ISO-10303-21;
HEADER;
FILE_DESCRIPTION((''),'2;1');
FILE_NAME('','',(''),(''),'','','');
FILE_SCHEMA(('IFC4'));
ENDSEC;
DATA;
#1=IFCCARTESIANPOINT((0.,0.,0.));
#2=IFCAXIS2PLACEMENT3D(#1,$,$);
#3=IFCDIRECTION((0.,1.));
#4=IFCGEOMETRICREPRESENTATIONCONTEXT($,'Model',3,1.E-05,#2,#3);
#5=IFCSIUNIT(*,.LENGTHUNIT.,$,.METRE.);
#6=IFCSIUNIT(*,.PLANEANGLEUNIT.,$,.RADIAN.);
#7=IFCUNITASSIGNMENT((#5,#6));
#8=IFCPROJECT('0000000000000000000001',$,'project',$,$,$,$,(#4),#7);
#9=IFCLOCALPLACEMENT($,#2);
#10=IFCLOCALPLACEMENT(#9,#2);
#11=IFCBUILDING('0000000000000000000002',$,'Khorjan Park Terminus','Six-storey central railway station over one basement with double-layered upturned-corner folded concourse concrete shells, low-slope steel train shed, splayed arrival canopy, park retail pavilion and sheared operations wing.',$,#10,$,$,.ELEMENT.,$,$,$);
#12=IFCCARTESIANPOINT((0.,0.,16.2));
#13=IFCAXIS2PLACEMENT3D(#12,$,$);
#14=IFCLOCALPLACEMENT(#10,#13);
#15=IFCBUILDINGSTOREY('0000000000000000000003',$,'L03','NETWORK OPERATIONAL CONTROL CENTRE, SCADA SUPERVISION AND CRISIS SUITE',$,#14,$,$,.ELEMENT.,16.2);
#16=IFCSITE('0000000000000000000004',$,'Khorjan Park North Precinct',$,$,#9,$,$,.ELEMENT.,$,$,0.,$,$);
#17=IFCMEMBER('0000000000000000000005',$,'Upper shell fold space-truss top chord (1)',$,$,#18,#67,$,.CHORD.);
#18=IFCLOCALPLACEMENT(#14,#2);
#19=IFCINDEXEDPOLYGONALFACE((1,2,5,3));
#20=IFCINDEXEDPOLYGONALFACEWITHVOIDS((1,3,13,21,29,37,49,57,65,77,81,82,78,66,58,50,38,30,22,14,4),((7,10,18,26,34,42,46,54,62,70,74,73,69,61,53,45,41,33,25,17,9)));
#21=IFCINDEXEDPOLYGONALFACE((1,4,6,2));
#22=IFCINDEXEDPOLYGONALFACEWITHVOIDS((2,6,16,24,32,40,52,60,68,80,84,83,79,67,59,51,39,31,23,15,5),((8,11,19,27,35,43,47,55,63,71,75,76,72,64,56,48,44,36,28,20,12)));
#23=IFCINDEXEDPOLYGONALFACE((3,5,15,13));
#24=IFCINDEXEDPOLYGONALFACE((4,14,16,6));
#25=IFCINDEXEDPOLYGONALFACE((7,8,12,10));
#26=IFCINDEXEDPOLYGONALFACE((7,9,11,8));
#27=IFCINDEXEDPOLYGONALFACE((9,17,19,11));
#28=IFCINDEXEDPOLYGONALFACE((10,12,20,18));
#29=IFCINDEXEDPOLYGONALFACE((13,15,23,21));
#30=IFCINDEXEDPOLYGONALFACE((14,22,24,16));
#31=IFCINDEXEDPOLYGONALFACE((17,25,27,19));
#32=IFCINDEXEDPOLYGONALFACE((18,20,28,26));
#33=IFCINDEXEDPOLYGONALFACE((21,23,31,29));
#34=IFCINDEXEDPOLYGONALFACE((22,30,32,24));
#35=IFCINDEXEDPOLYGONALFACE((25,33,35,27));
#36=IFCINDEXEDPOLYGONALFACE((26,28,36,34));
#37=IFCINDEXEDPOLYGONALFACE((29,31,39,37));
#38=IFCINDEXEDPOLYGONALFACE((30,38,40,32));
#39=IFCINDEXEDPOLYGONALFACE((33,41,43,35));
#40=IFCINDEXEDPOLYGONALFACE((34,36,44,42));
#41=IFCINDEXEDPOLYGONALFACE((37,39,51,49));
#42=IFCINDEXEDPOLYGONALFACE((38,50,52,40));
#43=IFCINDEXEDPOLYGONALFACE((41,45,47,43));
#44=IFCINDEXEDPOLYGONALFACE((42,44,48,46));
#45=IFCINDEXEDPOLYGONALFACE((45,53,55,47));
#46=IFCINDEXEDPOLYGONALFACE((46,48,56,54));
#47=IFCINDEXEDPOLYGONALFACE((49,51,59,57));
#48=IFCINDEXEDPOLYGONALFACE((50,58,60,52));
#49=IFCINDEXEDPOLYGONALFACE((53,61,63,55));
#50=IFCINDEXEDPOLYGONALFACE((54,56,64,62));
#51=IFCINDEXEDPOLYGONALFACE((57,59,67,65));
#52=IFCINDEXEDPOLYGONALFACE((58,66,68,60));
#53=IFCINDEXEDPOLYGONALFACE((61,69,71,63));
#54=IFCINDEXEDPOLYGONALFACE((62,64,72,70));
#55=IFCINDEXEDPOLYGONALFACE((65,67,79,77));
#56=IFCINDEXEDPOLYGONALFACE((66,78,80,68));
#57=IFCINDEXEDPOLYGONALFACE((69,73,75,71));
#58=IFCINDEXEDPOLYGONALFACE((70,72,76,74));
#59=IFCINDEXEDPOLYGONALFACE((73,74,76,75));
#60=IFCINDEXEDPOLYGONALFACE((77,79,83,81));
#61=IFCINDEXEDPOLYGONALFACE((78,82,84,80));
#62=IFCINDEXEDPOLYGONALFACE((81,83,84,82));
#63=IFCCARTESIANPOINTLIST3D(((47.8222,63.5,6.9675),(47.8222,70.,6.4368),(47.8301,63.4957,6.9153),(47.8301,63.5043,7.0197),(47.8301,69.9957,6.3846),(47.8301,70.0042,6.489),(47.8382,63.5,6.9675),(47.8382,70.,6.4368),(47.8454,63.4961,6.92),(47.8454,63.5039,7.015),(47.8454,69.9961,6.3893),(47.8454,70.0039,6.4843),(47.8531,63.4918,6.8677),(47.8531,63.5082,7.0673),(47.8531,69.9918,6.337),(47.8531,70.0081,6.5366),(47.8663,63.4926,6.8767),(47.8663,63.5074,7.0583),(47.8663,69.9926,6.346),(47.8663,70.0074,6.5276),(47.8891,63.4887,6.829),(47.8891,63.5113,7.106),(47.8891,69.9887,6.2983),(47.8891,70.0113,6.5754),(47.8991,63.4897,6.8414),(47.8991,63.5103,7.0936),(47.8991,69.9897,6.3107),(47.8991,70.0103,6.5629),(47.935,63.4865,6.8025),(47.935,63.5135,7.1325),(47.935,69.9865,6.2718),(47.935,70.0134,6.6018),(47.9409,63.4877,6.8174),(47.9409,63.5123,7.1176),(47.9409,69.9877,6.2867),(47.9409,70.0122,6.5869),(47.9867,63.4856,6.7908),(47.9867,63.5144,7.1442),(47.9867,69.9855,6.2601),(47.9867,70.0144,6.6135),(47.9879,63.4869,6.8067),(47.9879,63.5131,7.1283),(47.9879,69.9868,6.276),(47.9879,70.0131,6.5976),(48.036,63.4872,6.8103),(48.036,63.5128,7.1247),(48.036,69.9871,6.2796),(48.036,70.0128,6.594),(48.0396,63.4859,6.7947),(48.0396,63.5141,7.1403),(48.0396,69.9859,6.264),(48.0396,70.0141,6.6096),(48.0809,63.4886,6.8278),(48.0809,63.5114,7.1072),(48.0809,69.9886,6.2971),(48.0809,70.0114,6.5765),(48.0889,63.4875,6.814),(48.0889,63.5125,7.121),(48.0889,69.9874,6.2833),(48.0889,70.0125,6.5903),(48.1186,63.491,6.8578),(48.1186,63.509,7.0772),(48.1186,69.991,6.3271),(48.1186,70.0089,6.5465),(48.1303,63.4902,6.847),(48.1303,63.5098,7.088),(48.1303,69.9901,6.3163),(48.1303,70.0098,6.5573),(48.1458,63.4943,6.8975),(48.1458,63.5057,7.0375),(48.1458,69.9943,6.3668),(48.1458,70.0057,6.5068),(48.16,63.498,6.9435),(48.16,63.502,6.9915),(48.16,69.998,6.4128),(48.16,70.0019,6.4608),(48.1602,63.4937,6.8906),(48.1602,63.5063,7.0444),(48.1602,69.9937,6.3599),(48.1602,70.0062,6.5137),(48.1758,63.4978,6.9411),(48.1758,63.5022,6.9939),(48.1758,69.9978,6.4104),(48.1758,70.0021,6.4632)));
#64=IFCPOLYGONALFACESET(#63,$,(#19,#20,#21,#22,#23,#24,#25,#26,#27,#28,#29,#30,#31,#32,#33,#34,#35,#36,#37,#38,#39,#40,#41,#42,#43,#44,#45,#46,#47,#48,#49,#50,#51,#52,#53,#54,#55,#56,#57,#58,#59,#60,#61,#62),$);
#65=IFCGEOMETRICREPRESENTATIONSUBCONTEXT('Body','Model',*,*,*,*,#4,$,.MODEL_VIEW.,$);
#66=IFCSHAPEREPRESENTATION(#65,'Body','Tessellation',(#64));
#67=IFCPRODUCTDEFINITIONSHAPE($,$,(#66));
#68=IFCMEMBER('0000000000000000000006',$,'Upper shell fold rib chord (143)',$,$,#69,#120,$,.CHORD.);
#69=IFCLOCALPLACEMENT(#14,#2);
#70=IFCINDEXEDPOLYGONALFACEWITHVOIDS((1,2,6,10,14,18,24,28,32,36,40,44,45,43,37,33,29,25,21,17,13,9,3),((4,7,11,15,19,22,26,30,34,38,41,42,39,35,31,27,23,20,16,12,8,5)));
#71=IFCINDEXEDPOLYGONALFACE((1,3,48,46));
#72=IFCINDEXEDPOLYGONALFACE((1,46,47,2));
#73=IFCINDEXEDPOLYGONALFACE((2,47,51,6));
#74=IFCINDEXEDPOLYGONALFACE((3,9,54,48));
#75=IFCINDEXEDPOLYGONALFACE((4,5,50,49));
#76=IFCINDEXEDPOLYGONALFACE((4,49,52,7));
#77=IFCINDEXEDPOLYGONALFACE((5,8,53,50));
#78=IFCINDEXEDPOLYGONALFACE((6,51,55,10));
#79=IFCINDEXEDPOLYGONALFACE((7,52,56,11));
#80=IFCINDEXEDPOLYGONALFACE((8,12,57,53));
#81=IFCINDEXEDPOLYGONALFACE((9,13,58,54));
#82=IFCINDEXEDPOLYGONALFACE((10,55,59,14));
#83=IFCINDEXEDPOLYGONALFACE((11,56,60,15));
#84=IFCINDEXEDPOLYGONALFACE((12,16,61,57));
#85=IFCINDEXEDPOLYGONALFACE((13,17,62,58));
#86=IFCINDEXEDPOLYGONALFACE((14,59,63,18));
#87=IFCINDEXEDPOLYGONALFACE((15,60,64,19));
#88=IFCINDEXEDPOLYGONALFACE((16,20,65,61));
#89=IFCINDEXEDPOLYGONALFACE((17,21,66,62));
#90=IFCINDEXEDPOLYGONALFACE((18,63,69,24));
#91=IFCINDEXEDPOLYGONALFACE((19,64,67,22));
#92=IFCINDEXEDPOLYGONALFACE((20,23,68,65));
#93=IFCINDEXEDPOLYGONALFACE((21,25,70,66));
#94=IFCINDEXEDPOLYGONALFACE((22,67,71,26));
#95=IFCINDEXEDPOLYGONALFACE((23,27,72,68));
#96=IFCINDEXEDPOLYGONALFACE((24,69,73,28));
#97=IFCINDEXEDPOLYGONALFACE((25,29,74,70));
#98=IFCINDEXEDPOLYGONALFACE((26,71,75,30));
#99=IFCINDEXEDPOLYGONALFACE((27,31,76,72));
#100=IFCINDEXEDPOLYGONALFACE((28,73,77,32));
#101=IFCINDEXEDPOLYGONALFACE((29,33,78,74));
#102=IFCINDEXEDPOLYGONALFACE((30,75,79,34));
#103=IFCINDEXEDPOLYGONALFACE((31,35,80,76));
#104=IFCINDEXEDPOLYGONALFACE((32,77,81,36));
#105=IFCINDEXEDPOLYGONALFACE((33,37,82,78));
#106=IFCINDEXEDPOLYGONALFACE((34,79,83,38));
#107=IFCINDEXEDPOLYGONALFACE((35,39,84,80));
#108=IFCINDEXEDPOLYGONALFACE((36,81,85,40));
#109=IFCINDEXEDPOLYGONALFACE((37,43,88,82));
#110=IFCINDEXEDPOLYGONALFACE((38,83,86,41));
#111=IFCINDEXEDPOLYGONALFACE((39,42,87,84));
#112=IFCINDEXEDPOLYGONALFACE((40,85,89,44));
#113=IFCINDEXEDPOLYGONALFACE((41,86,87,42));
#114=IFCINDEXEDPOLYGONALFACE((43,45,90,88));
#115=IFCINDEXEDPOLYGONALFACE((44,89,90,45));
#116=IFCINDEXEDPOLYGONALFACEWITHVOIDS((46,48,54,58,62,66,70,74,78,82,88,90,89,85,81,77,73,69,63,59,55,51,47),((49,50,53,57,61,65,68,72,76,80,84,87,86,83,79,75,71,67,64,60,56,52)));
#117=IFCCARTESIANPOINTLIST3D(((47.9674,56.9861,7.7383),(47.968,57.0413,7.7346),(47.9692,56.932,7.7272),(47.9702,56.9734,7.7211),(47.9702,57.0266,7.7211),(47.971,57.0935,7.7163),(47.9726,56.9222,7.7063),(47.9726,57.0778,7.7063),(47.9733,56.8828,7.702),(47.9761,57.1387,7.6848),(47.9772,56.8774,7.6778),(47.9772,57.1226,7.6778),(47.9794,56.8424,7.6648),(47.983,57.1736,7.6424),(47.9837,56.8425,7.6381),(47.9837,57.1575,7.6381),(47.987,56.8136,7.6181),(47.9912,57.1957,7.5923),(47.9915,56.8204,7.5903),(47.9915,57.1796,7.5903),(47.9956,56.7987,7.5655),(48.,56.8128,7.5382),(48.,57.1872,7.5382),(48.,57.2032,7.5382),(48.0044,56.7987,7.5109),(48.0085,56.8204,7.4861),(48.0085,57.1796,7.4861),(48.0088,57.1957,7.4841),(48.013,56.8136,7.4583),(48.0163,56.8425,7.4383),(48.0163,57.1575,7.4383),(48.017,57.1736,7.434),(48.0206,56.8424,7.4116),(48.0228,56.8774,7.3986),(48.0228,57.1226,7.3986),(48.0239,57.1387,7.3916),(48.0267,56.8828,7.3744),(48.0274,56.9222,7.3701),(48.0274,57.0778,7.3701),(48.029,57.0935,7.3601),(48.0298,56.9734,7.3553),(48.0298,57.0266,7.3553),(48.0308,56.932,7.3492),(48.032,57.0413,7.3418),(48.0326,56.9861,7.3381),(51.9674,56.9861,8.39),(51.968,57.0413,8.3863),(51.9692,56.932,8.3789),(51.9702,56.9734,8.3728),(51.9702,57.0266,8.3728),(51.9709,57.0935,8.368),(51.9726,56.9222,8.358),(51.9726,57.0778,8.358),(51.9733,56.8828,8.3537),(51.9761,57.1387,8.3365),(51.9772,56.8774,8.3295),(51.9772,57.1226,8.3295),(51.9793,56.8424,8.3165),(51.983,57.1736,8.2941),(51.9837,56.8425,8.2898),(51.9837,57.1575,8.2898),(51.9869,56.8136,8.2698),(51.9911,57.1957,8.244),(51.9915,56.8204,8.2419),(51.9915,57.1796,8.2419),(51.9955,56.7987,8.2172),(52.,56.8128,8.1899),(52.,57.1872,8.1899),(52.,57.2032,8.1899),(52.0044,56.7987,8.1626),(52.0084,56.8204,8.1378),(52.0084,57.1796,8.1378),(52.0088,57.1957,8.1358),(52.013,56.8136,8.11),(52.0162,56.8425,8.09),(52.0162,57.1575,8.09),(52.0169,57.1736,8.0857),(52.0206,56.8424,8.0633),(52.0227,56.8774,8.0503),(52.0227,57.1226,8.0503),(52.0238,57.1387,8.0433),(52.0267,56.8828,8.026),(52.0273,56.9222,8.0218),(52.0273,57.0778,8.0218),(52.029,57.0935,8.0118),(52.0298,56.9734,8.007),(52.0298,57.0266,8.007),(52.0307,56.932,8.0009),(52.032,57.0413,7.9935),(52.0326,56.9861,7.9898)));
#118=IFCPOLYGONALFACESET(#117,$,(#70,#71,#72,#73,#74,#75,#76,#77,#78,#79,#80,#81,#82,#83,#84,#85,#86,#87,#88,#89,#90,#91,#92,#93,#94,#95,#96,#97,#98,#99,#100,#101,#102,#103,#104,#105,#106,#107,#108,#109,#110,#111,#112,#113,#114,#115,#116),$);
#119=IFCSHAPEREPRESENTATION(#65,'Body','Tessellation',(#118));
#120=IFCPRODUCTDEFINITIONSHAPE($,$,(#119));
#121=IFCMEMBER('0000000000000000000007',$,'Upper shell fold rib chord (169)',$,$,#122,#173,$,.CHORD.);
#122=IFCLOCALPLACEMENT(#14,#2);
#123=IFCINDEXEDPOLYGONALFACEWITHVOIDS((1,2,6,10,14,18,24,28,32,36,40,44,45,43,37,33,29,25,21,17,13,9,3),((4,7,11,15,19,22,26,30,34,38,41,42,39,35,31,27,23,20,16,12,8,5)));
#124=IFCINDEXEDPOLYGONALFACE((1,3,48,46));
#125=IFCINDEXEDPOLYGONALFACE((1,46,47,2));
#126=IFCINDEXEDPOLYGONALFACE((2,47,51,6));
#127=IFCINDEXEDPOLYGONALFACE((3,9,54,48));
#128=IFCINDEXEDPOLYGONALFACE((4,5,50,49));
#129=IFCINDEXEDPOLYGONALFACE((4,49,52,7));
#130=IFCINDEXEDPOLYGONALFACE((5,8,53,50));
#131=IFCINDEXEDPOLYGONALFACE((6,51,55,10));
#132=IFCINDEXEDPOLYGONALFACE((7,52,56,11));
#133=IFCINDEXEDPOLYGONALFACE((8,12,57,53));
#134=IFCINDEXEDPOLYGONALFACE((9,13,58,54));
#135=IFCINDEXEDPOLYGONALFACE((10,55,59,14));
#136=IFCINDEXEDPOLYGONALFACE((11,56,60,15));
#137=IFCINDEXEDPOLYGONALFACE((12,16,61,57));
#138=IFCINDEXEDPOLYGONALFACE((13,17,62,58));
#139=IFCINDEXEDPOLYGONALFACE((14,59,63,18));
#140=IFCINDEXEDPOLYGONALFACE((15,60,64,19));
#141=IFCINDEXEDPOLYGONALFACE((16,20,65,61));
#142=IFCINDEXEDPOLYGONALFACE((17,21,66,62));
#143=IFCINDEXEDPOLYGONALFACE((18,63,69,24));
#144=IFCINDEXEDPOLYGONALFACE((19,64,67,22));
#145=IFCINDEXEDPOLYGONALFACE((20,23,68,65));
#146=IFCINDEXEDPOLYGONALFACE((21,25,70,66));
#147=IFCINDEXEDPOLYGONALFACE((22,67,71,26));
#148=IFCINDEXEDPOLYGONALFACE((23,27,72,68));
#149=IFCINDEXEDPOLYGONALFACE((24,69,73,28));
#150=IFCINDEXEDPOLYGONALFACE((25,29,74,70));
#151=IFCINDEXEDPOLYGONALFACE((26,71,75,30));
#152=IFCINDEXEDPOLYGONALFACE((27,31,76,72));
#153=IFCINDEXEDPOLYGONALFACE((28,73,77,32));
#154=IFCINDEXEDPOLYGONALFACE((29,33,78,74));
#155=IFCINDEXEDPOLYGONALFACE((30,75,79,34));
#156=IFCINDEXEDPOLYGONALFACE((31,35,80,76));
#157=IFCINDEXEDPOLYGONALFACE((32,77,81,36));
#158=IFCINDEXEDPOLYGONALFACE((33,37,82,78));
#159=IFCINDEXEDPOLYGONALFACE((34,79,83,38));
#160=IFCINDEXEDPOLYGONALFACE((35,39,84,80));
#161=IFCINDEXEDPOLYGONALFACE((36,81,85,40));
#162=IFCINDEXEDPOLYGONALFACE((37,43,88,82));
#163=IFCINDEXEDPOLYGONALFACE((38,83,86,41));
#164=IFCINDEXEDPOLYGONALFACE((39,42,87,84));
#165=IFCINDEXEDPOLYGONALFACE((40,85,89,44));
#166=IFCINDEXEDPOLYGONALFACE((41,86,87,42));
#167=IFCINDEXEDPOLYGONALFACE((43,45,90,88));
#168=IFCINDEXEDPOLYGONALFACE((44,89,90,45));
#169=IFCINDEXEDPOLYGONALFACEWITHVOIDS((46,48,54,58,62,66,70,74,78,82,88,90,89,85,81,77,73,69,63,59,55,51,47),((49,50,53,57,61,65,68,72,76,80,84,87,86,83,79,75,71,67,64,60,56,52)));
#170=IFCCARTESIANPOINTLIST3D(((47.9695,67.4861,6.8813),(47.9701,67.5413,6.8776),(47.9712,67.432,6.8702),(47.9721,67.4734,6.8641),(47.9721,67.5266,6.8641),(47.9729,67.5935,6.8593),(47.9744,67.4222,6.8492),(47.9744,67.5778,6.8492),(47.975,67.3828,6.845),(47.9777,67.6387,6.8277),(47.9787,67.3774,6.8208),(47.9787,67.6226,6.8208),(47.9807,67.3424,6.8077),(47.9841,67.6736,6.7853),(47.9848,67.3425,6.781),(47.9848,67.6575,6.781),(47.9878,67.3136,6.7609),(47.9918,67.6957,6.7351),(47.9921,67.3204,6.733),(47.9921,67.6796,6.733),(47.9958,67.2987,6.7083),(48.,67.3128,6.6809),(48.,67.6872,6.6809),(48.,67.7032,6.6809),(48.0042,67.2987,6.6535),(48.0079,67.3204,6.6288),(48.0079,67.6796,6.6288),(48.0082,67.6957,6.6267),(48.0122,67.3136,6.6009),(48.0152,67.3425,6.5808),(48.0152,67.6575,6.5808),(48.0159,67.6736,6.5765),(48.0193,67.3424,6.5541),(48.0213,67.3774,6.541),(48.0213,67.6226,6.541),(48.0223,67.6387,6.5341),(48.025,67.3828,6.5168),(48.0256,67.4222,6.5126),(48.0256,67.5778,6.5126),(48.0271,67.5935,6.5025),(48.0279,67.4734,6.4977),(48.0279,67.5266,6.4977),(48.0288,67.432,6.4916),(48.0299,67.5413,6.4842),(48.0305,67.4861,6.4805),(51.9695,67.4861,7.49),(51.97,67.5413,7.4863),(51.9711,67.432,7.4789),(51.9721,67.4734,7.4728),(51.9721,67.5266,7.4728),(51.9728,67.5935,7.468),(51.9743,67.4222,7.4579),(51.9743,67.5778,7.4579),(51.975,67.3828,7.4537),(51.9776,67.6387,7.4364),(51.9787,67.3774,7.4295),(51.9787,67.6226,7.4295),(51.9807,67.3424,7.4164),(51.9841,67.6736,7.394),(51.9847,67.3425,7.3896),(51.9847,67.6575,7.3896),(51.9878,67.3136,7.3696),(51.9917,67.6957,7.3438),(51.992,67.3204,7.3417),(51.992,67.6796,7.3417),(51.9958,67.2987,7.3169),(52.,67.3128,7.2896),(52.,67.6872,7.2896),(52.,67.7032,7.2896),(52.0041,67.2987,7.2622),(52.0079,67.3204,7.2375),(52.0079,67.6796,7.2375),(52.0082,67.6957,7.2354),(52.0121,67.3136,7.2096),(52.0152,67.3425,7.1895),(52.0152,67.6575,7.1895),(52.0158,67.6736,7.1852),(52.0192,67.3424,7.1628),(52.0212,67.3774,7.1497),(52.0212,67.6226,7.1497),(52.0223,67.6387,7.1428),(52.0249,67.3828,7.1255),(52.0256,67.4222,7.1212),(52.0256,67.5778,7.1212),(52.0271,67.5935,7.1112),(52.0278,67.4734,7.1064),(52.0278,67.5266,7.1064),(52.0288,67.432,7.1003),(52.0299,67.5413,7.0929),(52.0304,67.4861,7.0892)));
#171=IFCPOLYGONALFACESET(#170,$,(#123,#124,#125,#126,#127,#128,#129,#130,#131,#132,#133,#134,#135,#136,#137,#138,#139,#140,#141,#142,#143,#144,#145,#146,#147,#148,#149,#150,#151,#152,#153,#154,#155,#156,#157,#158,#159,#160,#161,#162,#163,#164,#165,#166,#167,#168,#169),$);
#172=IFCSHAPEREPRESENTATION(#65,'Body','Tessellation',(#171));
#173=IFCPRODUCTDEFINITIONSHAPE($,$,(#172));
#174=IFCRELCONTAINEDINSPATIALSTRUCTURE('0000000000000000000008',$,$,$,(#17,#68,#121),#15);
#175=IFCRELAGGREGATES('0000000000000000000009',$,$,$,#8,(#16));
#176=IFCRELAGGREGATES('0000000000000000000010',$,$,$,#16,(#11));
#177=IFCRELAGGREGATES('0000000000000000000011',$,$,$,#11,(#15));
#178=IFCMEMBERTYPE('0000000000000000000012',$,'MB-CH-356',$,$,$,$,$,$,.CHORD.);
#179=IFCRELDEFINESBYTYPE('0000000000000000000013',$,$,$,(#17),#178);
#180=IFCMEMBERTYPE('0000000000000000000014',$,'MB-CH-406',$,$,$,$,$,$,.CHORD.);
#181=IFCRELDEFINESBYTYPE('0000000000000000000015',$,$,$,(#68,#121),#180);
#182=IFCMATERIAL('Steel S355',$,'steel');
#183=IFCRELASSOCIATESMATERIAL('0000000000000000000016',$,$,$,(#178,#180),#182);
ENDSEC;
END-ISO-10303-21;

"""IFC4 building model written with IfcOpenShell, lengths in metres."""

from ifc_helpers import new_model, si_unit, direction, frame, origin, origin_2d, place, context, subcontext, project, spatial, hollow_circle, extrude, material, material_profile, profile_set, type_object, element, save


model = new_model("IFC4")

# Units and contexts
model_context = context("Model", 3, precision=1e-05, world=origin(), true_north=direction((0.0, 1.0)))
body_context = subcontext(model_context, "Body", "Model", "MODEL_VIEW")
ifc_project = project(units=[si_unit("LENGTHUNIT", "METRE"), si_unit("PLANEANGLEUNIT", "RADIAN")], contexts=[model_context])

# Site, building, storey
site_placement = place(None, origin())
site = spatial("IfcSite", under=ifc_project, at=site_placement, Name="Khorjan Park North Precinct", CompositionType="ELEMENT", RefElevation=0.0)
building_placement = place(site_placement, origin())
building = spatial("IfcBuilding", under=site, at=building_placement, Name="Khorjan Park Terminus", Description="Six-storey central railway station over one basement with double-layered upturned-corner folded concourse concrete shells, low-slope steel train shed, splayed arrival canopy, park retail pavilion and sheared operations wing.", CompositionType="ELEMENT")
storey_placement = place(building_placement, frame((0.0, 0.0, 16.2)))
storey = spatial("IfcBuildingStorey", under=building, at=storey_placement, Name="L03", Description="NETWORK OPERATIONAL CONTROL CENTRE, SCADA SUPERVISION AND CRISIS SUITE", CompositionType="ELEMENT", Elevation=16.2)

# Members
ifc_material_1 = material(Name="Steel S355", Category="steel")
ifc_material_profile_1 = material_profile(ifc_material_1, hollow_circle(Radius=0.1778, WallThickness=0.016, at=origin_2d()), Name="CHS 355.6x16")
ifc_profile_set_1 = profile_set([ifc_material_profile_1], Name="Steel S355")
member_type_1 = type_object("IfcMemberType", Name="MB-CH-356", PredefinedType="CHORD", material=ifc_profile_set_1)
for number, where, z_axis, x_axis, name in (
    (1, (48.0, 63.5, 6.9675), (0.0, 0.996684, -0.081375), (-1.0, 0.0, 0.0), "Upper shell fold space-truss top chord (1)"),
):
    element("IfcMember", number, at=place(storey_placement, frame(where, z_axis=z_axis, x_axis=x_axis)), inside=storey, type_object=member_type_1, Name=name, PredefinedType="CHORD", context=body_context, shape_type="SweptSolid", body=[
        extrude(hollow_circle(Radius=0.1778, WallThickness=0.016, at=origin_2d()), origin(), (0.0, 0.0, 1.0), 6.5216),
    ])
ifc_material_profile_2 = material_profile(ifc_material_1, hollow_circle(Radius=0.2032, WallThickness=0.016, at=origin_2d()), Name="CHS 406.4x16")
ifc_profile_set_2 = profile_set([ifc_material_profile_2], Name="Steel S355")
member_type_2 = type_object("IfcMemberType", Name="MB-CH-406", PredefinedType="CHORD", material=ifc_profile_set_2)
member_1_placement = place(storey_placement, frame((48.0, 57.0, 7.5382), z_axis=(0.986986, 0.0, 0.160805), x_axis=(0.0, 1.0, 0.0)))
element("IfcMember", 2, at=member_1_placement, inside=storey, type_object=member_type_2, Name="Upper shell fold rib chord (143)", PredefinedType="CHORD", context=body_context, shape_type="SweptSolid", body=[
    extrude(hollow_circle(Radius=0.2032, WallThickness=0.016, at=origin_2d()), origin(), (0.0, 0.0, 1.0), 4.0527),
])
member_2_placement = place(storey_placement, frame((48.0, 67.5, 6.6809), z_axis=(0.988619, 0.0, 0.150443), x_axis=(0.0, 1.0, 0.0)))
element("IfcMember", 3, at=member_2_placement, inside=storey, type_object=member_type_2, Name="Upper shell fold rib chord (169)", PredefinedType="CHORD", context=body_context, shape_type="SweptSolid", body=[
    extrude(hollow_circle(Radius=0.2032, WallThickness=0.016, at=origin_2d()), origin(), (0.0, 0.0, 1.0), 4.046),
])

save(model, "model.ifc")
